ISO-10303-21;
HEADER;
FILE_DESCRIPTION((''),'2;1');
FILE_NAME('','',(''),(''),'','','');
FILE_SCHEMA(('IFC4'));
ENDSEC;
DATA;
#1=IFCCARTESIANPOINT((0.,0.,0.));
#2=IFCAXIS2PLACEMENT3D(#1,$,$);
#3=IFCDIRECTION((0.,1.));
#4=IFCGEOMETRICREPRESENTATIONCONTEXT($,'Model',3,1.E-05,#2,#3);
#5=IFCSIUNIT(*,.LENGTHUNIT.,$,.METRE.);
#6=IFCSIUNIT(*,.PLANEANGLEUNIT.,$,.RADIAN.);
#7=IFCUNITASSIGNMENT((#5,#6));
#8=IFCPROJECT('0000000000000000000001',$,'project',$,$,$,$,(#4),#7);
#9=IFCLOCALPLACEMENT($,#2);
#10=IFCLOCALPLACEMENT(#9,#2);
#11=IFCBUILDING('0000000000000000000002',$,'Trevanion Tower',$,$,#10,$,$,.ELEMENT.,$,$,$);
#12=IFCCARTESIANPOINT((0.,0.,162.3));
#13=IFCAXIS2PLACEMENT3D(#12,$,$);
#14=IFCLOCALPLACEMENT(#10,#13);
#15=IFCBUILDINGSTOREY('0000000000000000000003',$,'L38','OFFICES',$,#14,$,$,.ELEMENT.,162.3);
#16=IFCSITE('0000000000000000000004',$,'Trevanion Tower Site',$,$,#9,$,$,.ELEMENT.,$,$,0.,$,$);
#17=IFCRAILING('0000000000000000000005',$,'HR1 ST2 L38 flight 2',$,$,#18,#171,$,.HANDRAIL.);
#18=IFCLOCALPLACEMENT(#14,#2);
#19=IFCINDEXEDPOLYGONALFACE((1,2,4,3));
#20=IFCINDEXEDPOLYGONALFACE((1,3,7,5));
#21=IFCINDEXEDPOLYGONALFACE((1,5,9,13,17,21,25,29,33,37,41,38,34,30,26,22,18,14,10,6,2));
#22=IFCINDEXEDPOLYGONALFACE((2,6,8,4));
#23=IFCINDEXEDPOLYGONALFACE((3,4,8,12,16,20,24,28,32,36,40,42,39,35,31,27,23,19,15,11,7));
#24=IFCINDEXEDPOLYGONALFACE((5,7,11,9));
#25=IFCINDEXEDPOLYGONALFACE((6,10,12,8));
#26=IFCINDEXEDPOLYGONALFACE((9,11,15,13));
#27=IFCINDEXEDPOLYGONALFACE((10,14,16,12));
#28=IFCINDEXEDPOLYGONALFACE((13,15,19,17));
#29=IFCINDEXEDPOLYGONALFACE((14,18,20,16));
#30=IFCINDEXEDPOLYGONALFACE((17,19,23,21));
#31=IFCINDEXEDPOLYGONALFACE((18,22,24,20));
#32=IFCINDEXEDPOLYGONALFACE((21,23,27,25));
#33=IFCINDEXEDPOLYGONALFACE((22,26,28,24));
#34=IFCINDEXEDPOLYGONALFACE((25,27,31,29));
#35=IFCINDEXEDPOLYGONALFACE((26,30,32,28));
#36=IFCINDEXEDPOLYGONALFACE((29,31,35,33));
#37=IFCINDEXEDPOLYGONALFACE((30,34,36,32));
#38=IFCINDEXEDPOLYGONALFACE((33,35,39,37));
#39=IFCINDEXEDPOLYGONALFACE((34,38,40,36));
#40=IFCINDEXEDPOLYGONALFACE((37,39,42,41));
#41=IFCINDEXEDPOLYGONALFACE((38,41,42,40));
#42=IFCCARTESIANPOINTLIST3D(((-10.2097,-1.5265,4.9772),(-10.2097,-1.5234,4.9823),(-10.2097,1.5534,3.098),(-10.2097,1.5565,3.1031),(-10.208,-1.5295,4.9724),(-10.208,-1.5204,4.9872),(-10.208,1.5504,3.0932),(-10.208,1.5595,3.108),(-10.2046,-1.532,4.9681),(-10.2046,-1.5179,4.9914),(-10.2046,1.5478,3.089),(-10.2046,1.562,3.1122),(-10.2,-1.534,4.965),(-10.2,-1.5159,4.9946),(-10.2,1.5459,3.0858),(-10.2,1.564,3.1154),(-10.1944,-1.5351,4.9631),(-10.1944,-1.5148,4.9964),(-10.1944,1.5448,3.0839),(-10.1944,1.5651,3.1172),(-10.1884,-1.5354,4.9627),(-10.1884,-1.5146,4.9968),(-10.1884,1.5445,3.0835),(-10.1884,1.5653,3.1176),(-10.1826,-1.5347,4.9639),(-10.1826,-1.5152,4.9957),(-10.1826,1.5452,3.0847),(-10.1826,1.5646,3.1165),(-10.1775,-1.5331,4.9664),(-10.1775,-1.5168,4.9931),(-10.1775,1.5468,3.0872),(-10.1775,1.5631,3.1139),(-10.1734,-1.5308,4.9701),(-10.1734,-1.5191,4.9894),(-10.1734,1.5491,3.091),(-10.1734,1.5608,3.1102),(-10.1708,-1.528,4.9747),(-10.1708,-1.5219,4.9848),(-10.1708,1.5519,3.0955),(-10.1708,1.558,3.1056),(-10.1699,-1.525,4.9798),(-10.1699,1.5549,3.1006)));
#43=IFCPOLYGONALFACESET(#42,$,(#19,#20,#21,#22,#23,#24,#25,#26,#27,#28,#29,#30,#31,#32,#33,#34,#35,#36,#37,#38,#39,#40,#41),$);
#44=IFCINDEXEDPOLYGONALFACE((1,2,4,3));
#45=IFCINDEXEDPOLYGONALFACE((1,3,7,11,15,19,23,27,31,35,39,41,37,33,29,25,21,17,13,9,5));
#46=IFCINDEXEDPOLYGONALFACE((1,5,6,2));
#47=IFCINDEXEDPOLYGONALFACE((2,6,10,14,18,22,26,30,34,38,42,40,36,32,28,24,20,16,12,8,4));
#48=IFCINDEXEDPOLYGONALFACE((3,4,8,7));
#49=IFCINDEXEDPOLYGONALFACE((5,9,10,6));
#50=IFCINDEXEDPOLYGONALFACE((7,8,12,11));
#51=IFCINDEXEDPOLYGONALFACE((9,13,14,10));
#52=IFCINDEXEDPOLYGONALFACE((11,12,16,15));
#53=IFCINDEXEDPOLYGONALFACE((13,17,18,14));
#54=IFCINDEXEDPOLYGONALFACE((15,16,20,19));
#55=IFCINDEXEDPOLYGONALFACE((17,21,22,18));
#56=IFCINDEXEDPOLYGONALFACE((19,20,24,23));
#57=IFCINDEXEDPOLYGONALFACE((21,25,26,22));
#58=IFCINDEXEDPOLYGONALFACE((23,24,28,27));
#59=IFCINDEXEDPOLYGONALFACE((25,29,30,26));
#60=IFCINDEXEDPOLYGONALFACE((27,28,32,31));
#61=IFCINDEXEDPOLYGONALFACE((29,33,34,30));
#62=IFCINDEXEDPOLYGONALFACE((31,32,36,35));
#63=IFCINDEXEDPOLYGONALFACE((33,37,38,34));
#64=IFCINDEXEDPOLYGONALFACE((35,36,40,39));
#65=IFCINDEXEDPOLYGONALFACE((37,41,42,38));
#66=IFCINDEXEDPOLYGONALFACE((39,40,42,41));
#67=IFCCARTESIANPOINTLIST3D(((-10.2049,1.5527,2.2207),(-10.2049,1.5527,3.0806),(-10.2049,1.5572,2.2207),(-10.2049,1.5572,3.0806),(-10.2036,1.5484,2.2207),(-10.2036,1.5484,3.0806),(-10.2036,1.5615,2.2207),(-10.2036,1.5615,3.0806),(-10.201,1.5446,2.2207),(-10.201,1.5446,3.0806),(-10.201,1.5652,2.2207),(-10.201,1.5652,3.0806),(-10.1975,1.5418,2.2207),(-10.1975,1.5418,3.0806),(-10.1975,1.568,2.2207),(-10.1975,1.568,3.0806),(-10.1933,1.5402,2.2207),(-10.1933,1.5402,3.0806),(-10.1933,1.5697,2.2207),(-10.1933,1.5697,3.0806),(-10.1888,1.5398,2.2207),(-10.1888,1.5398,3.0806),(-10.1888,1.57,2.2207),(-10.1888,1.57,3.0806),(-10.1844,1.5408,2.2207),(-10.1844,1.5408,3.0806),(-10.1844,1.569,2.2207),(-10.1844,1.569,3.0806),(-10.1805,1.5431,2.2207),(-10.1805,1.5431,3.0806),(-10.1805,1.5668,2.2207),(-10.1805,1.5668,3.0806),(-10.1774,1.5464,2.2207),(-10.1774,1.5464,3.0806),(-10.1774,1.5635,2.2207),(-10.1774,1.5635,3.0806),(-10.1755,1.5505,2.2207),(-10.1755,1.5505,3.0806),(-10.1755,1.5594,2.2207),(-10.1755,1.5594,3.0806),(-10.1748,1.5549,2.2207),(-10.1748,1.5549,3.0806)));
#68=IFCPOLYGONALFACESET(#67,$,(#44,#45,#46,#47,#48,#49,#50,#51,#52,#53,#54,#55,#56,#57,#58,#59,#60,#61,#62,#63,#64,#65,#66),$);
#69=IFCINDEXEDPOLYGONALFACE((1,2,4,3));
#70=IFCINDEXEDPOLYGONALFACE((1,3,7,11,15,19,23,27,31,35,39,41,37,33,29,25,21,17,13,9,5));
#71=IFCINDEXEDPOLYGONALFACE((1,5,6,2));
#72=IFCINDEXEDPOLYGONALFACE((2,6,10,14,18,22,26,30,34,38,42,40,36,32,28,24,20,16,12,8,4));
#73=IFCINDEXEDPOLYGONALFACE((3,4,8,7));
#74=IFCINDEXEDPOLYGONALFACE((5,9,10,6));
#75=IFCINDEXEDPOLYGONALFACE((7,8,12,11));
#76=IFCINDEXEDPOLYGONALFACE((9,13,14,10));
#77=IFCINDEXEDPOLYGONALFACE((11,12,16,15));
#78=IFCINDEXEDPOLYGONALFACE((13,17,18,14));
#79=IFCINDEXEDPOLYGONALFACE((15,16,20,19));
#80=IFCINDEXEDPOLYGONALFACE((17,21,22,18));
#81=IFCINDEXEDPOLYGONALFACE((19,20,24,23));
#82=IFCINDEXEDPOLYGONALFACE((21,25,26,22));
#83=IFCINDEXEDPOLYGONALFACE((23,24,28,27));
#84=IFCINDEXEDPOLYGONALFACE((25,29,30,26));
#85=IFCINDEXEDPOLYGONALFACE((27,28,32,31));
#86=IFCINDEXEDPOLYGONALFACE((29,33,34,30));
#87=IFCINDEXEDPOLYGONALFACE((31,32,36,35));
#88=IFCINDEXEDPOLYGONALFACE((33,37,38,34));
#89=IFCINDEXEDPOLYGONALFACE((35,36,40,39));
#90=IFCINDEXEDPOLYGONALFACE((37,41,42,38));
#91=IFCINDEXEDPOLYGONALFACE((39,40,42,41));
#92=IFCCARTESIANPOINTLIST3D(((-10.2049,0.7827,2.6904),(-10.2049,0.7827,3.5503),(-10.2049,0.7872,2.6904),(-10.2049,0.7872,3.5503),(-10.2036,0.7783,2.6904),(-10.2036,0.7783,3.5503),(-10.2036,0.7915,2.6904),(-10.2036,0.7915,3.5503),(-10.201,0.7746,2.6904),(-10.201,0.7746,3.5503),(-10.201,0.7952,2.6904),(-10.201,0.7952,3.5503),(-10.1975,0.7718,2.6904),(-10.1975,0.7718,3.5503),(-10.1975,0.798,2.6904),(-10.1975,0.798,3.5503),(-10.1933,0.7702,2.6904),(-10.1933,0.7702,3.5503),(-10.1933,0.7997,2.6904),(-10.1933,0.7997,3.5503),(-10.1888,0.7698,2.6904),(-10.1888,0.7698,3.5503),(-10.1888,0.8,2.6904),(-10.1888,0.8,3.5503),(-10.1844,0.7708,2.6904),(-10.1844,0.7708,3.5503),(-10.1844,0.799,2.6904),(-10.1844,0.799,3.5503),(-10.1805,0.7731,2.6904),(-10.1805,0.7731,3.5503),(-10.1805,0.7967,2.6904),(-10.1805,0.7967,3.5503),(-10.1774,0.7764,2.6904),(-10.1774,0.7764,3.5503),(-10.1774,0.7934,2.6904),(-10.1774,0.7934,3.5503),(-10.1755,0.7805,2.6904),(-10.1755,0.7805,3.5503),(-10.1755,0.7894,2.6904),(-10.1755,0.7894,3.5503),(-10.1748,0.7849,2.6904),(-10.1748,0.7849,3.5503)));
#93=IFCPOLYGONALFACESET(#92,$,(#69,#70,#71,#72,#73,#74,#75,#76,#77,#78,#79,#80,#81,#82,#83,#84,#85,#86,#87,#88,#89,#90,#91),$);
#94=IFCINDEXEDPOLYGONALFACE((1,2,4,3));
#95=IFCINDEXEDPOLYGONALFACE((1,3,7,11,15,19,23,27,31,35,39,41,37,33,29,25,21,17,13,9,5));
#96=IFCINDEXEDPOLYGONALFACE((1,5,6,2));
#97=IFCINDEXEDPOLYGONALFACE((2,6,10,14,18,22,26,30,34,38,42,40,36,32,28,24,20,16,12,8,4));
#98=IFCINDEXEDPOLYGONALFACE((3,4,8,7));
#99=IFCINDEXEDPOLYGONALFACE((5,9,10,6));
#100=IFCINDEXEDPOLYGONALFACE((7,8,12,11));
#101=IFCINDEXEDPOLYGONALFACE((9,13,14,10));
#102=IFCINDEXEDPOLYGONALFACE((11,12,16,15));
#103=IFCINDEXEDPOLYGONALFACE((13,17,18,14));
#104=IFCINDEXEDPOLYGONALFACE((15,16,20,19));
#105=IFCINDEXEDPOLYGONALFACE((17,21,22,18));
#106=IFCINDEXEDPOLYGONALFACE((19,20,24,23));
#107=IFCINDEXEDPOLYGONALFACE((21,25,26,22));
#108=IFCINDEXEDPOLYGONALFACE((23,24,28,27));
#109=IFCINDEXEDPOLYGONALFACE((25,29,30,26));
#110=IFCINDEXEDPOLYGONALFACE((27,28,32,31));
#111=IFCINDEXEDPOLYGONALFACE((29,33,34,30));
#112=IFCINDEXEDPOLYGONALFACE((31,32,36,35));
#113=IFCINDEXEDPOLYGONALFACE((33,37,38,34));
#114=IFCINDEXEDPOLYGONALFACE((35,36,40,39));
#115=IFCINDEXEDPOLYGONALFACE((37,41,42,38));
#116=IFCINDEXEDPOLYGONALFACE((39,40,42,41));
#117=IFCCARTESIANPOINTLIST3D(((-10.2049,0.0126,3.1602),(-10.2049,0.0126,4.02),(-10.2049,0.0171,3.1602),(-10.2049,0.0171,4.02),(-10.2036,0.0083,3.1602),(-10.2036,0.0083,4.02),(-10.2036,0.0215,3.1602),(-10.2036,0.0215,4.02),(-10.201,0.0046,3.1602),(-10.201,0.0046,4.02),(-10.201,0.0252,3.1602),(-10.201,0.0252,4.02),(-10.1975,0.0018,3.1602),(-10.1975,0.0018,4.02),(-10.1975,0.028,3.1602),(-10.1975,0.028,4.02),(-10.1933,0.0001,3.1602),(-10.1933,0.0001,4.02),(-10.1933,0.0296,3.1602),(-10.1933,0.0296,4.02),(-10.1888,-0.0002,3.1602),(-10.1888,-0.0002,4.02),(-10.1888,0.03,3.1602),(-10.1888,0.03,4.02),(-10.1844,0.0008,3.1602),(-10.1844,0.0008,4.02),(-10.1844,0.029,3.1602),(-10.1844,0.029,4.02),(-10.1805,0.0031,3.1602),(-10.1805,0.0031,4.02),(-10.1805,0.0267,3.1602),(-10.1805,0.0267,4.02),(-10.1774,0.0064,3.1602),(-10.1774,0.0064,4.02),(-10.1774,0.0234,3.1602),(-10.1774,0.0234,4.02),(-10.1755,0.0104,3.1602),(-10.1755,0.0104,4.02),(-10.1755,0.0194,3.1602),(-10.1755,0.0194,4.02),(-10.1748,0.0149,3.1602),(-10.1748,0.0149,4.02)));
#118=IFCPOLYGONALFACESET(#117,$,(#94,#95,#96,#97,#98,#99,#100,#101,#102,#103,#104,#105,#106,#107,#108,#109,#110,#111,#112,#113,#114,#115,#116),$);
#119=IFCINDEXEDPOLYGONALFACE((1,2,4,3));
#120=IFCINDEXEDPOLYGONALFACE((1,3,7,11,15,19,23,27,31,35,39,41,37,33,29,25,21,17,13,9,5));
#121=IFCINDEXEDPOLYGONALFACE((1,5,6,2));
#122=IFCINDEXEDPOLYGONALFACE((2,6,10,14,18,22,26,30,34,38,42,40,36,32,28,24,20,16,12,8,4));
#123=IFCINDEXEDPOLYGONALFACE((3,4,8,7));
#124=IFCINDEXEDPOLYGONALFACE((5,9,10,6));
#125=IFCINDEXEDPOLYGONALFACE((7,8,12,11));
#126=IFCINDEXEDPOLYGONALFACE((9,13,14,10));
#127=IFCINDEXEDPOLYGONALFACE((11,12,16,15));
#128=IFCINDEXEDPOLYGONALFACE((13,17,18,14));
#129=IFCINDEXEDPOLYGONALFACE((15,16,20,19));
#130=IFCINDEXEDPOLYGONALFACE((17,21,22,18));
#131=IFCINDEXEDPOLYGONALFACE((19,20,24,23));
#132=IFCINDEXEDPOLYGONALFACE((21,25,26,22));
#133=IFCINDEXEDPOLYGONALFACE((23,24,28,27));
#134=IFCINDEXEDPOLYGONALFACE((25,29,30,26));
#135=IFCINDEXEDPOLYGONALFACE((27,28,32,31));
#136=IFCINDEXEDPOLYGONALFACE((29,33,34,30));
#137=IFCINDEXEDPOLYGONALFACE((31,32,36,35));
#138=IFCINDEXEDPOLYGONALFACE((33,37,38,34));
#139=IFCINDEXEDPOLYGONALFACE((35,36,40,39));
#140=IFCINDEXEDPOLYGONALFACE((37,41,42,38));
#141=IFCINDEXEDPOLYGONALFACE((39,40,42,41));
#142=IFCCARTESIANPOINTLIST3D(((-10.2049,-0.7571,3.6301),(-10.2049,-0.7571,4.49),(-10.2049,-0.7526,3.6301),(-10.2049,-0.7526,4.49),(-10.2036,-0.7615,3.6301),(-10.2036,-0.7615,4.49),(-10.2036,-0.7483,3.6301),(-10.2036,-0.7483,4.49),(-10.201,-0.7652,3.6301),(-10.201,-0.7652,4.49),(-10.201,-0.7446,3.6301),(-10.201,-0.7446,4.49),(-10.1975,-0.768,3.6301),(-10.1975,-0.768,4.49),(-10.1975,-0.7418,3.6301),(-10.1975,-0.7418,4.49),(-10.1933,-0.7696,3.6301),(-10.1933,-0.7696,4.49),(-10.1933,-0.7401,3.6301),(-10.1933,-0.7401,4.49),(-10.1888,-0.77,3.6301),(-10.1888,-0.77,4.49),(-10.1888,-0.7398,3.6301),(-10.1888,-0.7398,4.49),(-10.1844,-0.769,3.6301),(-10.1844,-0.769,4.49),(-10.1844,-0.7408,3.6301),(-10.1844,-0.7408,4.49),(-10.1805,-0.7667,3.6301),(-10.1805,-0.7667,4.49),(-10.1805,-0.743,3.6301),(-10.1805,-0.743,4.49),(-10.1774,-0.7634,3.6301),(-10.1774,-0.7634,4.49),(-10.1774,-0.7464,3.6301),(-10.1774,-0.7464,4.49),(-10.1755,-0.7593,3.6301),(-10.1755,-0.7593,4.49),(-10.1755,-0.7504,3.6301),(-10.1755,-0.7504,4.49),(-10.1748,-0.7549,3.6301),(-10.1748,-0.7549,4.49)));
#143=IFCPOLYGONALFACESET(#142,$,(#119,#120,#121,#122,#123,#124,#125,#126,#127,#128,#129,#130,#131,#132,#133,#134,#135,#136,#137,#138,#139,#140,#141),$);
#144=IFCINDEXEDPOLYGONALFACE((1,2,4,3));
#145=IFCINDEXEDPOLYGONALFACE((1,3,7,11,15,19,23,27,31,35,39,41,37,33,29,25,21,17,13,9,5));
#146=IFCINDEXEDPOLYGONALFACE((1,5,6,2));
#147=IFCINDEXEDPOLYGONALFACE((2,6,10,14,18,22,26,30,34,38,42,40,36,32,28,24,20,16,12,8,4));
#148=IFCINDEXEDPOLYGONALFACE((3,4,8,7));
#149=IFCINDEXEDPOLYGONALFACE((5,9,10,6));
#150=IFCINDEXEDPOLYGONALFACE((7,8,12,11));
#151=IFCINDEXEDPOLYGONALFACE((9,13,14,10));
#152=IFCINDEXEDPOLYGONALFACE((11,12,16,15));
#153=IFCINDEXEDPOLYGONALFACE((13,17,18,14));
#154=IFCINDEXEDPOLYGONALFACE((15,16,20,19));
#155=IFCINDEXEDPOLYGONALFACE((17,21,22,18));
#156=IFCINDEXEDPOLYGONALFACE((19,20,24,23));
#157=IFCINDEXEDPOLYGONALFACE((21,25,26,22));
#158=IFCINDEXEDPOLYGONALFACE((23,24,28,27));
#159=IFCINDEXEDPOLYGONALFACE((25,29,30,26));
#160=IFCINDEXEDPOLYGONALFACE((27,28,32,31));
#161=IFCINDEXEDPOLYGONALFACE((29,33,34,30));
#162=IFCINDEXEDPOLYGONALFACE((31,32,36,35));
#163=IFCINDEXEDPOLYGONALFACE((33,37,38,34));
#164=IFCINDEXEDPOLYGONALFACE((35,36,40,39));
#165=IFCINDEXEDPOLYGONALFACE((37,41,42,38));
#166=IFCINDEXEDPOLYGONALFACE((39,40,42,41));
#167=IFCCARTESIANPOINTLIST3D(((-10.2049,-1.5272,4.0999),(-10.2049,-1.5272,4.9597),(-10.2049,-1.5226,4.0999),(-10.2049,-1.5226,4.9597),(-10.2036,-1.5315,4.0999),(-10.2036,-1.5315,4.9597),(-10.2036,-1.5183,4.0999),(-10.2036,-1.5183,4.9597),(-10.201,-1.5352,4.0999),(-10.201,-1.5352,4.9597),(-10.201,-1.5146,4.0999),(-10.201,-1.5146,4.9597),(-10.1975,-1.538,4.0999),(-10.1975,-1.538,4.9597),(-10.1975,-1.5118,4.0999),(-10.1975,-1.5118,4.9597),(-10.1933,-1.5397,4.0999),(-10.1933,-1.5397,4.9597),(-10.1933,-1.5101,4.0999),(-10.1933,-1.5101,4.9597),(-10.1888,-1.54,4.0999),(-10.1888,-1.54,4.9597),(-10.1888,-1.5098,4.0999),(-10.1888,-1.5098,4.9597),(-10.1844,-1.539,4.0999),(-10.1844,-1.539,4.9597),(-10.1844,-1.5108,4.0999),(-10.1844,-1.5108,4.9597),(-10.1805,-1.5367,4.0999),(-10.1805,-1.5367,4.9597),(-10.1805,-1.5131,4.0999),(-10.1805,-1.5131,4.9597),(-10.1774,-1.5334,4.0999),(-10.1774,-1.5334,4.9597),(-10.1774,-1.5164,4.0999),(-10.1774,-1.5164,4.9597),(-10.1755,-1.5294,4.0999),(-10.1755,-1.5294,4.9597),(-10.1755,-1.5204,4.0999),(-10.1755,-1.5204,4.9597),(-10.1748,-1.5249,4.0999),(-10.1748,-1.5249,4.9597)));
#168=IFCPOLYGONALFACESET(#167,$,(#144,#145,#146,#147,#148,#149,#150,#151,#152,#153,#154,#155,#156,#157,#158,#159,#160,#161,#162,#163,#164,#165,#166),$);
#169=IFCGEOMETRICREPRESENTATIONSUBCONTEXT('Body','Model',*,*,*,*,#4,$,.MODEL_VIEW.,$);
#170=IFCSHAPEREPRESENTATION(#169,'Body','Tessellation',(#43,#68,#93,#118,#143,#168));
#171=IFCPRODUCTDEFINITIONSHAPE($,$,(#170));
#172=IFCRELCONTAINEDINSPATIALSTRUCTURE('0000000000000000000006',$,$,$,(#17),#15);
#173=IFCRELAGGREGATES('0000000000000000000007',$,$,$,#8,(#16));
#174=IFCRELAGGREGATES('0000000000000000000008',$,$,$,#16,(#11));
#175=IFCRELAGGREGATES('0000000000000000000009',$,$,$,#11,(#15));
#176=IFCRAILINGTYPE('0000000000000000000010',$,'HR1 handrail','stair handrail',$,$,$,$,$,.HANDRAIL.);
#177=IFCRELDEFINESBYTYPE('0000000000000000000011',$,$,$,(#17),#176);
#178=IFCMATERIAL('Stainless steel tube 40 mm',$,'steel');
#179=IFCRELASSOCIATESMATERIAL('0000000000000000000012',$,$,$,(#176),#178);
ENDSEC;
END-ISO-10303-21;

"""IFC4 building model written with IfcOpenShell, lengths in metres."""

from ifc_helpers import new_model, si_unit, direction, frame, origin, origin_2d, place, context, subcontext, project, spatial, circle, extrude, material, type_object, element, save


model = new_model("IFC4")

# Units and contexts
model_context = context("Model", 3, precision=1e-05, world=origin(), true_north=direction((0.0, 1.0)))
body_context = subcontext(model_context, "Body", "Model", "MODEL_VIEW")
ifc_project = project(units=[si_unit("LENGTHUNIT", "METRE"), si_unit("PLANEANGLEUNIT", "RADIAN")], contexts=[model_context])

# Site, building, storey
site_placement = place(None, origin())
site = spatial("IfcSite", under=ifc_project, at=site_placement, Name="Trevanion Tower Site", CompositionType="ELEMENT", RefElevation=0.0)
building_placement = place(site_placement, origin())
building = spatial("IfcBuilding", under=site, at=building_placement, Name="Trevanion Tower", CompositionType="ELEMENT")
storey_placement = place(building_placement, frame((0.0, 0.0, 162.3)))
storey = spatial("IfcBuildingStorey", under=building, at=storey_placement, Name="L38", Description="OFFICES", CompositionType="ELEMENT", Elevation=162.3)

# Railing
ifc_material_1 = material(Name="Stainless steel tube 40 mm", Category="steel")
railing_type = type_object("IfcRailingType", Name="HR1 handrail", Description="stair handrail", PredefinedType="HANDRAIL", material=ifc_material_1)
for number, where, name in (
    (1, (-10.1899, 1.5549, 2.2207), "HR1 ST2 L38 flight 2"),
):
    element("IfcRailing", number, at=place(storey_placement, frame(where)), inside=storey, type_object=railing_type, Name=name, PredefinedType="HANDRAIL", context=body_context, shape_type="SweptSolid", body=[
        extrude(circle(Radius=0.02, at=origin_2d()), frame((0.0, 0.0, 0.8799), z_axis=(0.0, -0.853648, 0.52085), x_axis=(1.0, 0.0, 0.0)), (0.0, 0.0, 1.0), 3.6079),
        extrude(circle(Radius=0.0151, at=origin_2d()), origin(), (0.0, 0.0, 1.0), 0.8599),
        extrude(circle(Radius=0.0151, at=origin_2d()), frame((0.0, -0.77, 0.4697)), (0.0, 0.0, 1.0), 0.8599),
        extrude(circle(Radius=0.0151, at=origin_2d()), frame((0.0, -1.54, 0.9395)), (0.0, 0.0, 1.0), 0.8599),
        extrude(circle(Radius=0.0151, at=origin_2d()), frame((0.0, -2.3098, 1.4094)), (0.0, 0.0, 1.0), 0.8599),
        extrude(circle(Radius=0.0151, at=origin_2d()), frame((0.0, -3.0798, 1.8792)), (0.0, 0.0, 1.0), 0.8599),
    ])

save(model, "model.ifc")
